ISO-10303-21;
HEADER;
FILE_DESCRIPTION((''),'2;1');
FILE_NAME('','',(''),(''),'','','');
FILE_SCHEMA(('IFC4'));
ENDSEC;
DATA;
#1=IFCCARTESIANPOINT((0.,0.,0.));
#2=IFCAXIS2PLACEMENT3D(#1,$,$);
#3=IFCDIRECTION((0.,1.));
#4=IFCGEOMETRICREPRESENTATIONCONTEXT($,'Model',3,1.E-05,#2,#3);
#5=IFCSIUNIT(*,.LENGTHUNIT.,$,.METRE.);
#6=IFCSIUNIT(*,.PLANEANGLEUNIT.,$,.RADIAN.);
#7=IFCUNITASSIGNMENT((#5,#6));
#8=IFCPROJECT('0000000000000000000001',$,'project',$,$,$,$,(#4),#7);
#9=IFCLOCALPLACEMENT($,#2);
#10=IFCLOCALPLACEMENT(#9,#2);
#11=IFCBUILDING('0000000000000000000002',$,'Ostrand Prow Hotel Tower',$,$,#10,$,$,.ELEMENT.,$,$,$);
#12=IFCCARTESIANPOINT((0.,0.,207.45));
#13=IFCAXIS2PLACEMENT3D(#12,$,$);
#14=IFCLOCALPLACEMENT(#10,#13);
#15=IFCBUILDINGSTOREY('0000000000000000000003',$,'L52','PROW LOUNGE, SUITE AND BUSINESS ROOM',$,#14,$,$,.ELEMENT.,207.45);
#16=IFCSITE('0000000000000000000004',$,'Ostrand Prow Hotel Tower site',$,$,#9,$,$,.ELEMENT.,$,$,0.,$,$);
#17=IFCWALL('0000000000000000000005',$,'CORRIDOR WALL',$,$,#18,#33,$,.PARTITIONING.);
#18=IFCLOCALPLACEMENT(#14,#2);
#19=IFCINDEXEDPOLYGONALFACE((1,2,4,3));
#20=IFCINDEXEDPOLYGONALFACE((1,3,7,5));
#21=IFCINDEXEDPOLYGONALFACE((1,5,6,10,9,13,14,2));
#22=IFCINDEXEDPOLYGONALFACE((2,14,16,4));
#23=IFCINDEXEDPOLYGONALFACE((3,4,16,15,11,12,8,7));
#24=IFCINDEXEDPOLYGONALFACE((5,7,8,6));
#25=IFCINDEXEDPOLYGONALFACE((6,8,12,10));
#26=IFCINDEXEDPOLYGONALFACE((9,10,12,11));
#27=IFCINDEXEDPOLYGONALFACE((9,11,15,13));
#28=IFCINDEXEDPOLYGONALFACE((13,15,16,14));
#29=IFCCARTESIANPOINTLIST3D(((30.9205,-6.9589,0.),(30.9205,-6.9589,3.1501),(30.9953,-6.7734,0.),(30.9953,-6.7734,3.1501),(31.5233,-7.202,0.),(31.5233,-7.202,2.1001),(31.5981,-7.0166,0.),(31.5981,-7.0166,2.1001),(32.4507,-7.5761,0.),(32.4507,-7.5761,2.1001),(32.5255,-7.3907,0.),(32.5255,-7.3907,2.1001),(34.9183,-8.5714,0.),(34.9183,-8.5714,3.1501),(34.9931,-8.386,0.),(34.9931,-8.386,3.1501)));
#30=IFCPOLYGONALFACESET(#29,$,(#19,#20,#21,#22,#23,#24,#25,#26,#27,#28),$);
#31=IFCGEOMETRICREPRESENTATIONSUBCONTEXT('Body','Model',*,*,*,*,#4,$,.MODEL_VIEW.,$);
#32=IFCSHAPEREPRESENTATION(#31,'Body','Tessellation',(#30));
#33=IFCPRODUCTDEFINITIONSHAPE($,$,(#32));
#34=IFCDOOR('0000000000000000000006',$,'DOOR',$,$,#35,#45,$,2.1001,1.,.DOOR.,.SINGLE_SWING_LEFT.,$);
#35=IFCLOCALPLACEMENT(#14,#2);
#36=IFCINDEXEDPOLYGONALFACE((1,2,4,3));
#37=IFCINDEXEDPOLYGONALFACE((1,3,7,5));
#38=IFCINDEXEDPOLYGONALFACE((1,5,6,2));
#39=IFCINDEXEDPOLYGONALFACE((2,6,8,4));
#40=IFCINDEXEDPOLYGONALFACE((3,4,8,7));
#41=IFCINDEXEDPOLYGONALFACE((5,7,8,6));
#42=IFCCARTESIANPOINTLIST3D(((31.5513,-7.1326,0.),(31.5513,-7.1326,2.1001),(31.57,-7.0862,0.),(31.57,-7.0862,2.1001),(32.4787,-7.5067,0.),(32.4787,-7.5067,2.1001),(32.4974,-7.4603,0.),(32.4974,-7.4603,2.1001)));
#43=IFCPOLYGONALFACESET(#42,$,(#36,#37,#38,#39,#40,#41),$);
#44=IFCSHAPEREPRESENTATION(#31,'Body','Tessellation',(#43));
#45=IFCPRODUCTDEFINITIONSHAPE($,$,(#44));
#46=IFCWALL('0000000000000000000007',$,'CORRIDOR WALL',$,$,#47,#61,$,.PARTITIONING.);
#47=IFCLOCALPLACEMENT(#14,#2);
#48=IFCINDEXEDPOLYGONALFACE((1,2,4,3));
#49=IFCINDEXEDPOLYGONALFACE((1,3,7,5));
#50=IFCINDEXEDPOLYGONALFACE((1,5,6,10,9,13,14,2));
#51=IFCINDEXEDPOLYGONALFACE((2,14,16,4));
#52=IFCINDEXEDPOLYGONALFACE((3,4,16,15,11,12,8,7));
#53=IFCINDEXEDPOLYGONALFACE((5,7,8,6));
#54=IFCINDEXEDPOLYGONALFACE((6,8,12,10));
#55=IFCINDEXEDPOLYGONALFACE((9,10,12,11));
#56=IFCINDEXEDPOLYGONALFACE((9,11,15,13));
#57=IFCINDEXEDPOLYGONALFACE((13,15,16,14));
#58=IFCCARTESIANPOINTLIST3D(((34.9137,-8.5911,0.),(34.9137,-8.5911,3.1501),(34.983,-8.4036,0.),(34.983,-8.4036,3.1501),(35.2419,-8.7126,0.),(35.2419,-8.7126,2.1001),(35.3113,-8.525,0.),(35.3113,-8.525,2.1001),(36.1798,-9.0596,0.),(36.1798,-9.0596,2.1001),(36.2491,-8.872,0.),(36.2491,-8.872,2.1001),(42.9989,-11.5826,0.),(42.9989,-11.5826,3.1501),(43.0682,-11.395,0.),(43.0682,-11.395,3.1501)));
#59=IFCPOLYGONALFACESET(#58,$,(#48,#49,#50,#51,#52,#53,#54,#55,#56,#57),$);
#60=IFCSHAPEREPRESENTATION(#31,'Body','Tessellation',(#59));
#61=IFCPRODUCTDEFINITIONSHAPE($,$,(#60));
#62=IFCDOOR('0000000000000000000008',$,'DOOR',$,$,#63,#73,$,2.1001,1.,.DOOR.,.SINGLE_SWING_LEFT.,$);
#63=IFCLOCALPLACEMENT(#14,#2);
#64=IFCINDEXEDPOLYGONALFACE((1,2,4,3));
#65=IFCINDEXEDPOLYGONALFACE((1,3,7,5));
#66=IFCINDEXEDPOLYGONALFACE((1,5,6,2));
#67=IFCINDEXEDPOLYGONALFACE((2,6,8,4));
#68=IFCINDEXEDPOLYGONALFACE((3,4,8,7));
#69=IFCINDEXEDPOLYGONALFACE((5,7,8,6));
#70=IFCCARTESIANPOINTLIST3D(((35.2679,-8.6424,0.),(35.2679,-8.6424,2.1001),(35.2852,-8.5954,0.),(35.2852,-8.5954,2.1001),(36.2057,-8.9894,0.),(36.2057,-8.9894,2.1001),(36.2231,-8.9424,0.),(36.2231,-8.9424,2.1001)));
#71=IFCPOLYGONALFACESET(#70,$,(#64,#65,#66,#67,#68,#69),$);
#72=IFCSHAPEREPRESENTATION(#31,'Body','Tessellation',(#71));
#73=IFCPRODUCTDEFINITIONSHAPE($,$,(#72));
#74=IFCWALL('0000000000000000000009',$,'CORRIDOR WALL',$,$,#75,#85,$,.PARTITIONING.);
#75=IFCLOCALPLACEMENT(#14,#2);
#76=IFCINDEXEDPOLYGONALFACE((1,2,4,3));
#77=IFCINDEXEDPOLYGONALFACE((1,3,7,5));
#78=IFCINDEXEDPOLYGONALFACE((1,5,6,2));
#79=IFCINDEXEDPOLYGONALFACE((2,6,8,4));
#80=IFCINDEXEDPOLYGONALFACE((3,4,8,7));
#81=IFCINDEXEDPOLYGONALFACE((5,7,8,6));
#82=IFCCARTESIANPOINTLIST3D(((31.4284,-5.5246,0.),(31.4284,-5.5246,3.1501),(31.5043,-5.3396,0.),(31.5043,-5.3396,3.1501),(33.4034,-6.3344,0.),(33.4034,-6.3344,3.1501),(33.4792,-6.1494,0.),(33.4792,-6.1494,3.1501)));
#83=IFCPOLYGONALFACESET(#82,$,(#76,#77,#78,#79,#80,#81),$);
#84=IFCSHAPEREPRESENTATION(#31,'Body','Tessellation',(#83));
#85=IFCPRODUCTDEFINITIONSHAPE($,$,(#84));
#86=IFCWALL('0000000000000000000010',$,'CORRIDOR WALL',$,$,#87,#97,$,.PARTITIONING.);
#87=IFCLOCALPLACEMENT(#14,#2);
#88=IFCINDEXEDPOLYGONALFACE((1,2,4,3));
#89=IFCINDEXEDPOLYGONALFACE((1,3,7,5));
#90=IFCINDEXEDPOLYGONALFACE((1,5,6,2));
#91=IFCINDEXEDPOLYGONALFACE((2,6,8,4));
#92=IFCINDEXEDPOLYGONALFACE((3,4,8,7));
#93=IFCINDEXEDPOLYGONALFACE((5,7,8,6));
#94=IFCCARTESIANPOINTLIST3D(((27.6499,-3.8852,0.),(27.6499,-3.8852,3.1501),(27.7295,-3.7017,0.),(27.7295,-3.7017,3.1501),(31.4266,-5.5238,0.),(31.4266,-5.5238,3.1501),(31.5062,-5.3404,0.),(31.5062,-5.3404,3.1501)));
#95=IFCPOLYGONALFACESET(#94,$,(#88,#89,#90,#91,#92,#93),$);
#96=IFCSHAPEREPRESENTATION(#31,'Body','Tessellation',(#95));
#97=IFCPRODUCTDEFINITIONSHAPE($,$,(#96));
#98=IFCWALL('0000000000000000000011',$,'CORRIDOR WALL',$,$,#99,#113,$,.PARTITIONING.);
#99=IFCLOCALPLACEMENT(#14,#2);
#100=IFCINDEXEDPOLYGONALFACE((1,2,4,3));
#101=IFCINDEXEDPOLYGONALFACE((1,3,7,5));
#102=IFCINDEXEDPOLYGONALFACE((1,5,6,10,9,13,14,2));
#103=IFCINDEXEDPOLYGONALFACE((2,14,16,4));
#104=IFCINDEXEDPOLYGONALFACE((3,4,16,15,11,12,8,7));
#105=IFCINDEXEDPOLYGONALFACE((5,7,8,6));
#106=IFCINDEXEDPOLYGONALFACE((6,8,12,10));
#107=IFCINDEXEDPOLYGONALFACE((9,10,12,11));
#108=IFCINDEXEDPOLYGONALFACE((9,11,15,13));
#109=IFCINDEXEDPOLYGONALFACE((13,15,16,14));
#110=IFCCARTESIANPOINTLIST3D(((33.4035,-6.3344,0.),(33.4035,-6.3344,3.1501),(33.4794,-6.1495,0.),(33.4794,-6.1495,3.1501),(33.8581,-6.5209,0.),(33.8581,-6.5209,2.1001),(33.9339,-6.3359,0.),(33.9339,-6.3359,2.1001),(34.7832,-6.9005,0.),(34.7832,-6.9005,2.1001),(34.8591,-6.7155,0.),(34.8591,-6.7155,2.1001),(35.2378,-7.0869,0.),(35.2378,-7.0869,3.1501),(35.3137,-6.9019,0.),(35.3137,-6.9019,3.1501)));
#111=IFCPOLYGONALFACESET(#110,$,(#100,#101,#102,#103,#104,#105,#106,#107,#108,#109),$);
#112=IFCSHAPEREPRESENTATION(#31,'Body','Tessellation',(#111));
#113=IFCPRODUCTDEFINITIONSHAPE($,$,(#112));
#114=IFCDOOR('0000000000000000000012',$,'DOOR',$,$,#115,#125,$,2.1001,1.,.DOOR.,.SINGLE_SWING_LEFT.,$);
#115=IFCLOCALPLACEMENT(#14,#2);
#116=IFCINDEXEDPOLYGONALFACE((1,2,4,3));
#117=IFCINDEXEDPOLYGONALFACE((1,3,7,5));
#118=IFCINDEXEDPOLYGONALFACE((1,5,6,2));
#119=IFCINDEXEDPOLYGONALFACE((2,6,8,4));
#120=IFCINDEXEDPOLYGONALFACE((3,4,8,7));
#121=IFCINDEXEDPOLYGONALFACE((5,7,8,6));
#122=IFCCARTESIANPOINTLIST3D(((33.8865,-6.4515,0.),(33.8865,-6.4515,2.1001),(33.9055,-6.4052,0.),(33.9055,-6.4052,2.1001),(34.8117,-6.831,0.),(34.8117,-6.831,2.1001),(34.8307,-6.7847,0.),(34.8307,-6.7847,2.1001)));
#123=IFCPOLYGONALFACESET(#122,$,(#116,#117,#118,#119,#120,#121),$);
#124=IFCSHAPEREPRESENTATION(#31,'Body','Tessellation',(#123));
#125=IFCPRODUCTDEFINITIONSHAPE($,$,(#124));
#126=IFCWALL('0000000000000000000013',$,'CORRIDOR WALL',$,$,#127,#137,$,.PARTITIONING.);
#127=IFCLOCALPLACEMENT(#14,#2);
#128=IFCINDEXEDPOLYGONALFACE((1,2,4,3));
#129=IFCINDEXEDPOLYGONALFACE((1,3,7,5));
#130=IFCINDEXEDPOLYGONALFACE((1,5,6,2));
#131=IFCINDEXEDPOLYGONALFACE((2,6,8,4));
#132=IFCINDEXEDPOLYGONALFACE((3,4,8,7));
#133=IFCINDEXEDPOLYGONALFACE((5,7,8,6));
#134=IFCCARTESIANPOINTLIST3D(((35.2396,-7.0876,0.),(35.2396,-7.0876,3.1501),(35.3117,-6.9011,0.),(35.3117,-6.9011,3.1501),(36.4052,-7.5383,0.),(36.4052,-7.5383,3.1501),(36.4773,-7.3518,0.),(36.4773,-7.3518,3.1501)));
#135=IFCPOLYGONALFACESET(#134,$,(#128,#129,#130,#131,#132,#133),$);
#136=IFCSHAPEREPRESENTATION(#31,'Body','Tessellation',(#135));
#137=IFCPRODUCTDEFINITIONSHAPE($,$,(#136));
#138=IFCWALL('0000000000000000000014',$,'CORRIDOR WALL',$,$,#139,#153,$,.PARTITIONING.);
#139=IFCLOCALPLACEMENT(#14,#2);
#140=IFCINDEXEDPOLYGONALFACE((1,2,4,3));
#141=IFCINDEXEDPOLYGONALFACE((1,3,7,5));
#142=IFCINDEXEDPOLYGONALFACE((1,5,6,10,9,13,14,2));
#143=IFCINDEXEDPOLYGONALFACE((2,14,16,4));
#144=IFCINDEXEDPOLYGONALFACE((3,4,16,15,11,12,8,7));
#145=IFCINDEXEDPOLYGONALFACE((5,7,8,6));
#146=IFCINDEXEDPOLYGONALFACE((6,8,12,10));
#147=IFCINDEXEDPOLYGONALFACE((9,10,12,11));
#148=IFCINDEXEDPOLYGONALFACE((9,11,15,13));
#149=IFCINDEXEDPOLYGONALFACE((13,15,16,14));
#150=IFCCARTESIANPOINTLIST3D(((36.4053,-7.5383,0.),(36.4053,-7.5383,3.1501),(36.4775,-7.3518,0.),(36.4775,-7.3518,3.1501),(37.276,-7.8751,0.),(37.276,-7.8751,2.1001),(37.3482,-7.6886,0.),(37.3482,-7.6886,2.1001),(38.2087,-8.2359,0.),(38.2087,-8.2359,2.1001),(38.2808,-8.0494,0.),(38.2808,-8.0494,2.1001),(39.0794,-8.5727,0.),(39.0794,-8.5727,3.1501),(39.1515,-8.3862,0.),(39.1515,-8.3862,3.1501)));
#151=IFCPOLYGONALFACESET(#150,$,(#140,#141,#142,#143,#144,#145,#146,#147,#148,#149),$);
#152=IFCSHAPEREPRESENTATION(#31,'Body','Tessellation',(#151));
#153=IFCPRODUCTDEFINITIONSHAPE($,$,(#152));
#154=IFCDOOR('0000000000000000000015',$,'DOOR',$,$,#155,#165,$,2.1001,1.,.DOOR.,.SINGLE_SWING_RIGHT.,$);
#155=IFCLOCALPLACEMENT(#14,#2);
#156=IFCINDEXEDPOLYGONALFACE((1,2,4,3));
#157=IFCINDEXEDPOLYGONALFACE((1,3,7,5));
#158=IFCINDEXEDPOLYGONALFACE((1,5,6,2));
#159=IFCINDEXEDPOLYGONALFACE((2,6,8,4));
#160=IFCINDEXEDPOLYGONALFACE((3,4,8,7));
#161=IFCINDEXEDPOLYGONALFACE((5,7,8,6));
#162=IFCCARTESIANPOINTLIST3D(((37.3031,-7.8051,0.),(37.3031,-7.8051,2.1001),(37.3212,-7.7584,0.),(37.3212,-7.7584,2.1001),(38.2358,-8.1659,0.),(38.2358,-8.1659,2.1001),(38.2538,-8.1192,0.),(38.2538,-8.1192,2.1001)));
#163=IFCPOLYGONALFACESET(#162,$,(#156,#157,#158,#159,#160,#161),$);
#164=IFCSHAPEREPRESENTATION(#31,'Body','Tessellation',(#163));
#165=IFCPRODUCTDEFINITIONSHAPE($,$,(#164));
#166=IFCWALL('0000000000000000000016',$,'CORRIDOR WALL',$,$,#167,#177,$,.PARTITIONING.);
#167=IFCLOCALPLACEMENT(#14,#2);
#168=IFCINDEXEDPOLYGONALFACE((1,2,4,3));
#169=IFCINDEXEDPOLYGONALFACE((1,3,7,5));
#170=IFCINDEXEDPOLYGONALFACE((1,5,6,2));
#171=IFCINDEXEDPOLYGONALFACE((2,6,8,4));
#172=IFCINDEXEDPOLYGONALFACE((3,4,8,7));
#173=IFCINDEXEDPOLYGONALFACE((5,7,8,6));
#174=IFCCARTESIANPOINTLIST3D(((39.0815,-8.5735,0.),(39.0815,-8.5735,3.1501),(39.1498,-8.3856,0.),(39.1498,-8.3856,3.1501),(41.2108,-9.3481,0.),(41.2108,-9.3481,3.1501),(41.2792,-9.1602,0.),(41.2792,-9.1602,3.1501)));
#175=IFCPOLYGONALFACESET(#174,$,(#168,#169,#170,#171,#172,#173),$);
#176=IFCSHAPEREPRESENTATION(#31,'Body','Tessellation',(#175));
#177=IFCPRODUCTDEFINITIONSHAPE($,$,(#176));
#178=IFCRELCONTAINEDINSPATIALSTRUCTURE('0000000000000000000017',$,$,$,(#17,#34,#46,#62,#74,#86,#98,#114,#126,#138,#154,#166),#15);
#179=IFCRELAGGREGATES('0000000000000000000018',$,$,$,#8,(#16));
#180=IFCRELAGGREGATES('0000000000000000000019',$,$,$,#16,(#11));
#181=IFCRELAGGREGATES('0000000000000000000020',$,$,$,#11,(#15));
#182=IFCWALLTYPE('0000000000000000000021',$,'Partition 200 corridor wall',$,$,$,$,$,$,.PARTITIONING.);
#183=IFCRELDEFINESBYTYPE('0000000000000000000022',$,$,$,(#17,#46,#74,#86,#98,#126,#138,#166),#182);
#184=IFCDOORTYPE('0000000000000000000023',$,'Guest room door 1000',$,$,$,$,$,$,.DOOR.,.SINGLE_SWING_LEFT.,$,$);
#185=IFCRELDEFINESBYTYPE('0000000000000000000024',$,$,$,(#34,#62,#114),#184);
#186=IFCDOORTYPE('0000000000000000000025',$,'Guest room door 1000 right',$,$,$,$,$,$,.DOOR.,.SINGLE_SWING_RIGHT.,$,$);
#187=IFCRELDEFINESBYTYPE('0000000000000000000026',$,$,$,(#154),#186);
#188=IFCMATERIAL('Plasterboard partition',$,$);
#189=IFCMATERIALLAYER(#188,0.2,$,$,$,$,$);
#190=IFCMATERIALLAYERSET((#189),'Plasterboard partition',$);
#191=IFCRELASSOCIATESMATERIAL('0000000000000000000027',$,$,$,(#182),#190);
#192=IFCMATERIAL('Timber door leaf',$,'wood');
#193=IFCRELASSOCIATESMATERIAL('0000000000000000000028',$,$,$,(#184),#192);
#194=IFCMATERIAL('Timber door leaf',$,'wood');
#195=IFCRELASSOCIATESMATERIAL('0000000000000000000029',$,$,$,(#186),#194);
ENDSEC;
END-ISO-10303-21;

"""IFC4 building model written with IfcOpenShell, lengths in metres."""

from ifc_helpers import new_model, si_unit, direction, frame, frame_2d, origin, place, context, subcontext, project, spatial, rectangle, extrude, material, layer, layer_set, type_object, element, fill, save


model = new_model("IFC4")

# Units and contexts
model_context = context("Model", 3, precision=1e-05, world=origin(), true_north=direction((0.0, 1.0)))
body_context = subcontext(model_context, "Body", "Model", "MODEL_VIEW")
ifc_project = project(units=[si_unit("LENGTHUNIT", "METRE"), si_unit("PLANEANGLEUNIT", "RADIAN")], contexts=[model_context])

# Site, building, storey
site_placement = place(None, origin())
site = spatial("IfcSite", under=ifc_project, at=site_placement, Name="Ostrand Prow Hotel Tower site", CompositionType="ELEMENT", RefElevation=0.0)
building_placement = place(site_placement, origin())
building = spatial("IfcBuilding", under=site, at=building_placement, Name="Ostrand Prow Hotel Tower", CompositionType="ELEMENT")
storey_placement = place(building_placement, frame((0.0, 0.0, 207.45)))
storey = spatial("IfcBuildingStorey", under=building, at=storey_placement, Name="L52", Description="PROW LOUNGE, SUITE AND BUSINESS ROOM", CompositionType="ELEMENT", Elevation=207.45)

# Walls, openings, doors
ifc_material_1 = material(Name="Plasterboard partition")
ifc_layer_1 = layer(ifc_material_1, 0.2)
ifc_layer_set_1 = layer_set([ifc_layer_1], Name="Plasterboard partition")
wall_type_1 = type_object("IfcWallType", Name="Partition 200 corridor wall", PredefinedType="PARTITIONING", material=ifc_layer_set_1)
wall_1_placement = place(storey_placement, frame((30.958, -6.8662, 0.0), z_axis=(0.0, 0.0, 1.0), x_axis=(0.927399, -0.374074, 0.0)))
wall_1 = element("IfcWall", 1, at=wall_1_placement, inside=storey, type_object=wall_type_1, Name="CORRIDOR WALL", PredefinedType="PARTITIONING", context=body_context, shape_type="SweptSolid", body=[
    extrude(rectangle(XDim=4.3108, YDim=0.2, at=frame_2d((2.1553, 0.0))), origin(), (0.0, 0.0, 1.0), 3.1501),
])
opening_1_placement = place(wall_1_placement, frame((0.6499, 0.0, 0.0)))
opening_1 = element("IfcOpeningElement", 2, at=opening_1_placement, cuts=wall_1, PredefinedType="OPENING", context=body_context, shape_type="SweptSolid", body=[
    extrude(rectangle(XDim=1.0, YDim=2.1001, at=frame_2d((0.5, 1.05))), frame((0.0, 0.1099, 0.0), z_axis=(0.0, -1.0, 0.0), x_axis=(1.0, 0.0, 0.0)), (0.0, 0.0, 1.0), 0.22),
])
ifc_material_2 = material(Name="Timber door leaf", Category="wood")
door_type_1 = type_object("IfcDoorType", Name="Guest room door 1000", OperationType="SINGLE_SWING_LEFT", PredefinedType="DOOR", material=ifc_material_2)
door_1_placement = place(opening_1_placement, origin())
door_1 = element("IfcDoor", 3, at=door_1_placement, inside=storey, type_object=door_type_1, Name="DOOR", OperationType="SINGLE_SWING_LEFT", OverallHeight=2.1001, OverallWidth=1.0, PredefinedType="DOOR", context=body_context, shape_type="SweptSolid", body=[
    extrude(rectangle(XDim=1.0, YDim=2.1001, at=frame_2d((0.5, 1.05))), frame((0.0, 0.0249, 0.0), z_axis=(0.0, -1.0, 0.0), x_axis=(1.0, 0.0, 0.0)), (0.0, 0.0, 1.0), 0.05),
])
fill(opening_1, door_1)
wall_2_placement = place(storey_placement, frame((34.9482, -8.4973, 0.0), z_axis=(0.0, 0.0, 1.0), x_axis=(0.937865, -0.347002, 0.0)))
wall_2 = element("IfcWall", 4, at=wall_2_placement, inside=storey, type_object=wall_type_1, Name="CORRIDOR WALL", PredefinedType="PARTITIONING", context=body_context, shape_type="SweptSolid", body=[
    extrude(rectangle(XDim=8.6208, YDim=0.2, at=frame_2d((4.3105, 0.0))), origin(), (0.0, 0.0, 1.0), 3.1501),
])
opening_2_placement = place(wall_2_placement, frame((0.3501, 0.0, 0.0)))
opening_2 = element("IfcOpeningElement", 5, at=opening_2_placement, cuts=wall_2, PredefinedType="OPENING", context=body_context, shape_type="SweptSolid", body=[
    extrude(rectangle(XDim=1.0, YDim=2.1001, at=frame_2d((0.5, 1.05))), frame((0.0, 0.1099, 0.0), z_axis=(0.0, -1.0, 0.0), x_axis=(1.0, 0.0, 0.0)), (0.0, 0.0, 1.0), 0.22),
])
door_2_placement = place(opening_2_placement, origin())
door_2 = element("IfcDoor", 6, at=door_2_placement, inside=storey, type_object=door_type_1, Name="DOOR", OperationType="SINGLE_SWING_LEFT", OverallHeight=2.1001, OverallWidth=1.0, PredefinedType="DOOR", context=body_context, shape_type="SweptSolid", body=[
    extrude(rectangle(XDim=1.0, YDim=2.1001, at=frame_2d((0.5, 1.05))), frame((0.0, 0.0249, 0.0), z_axis=(0.0, -1.0, 0.0), x_axis=(1.0, 0.0, 0.0)), (0.0, 0.0, 1.0), 0.05),
])
fill(opening_2, door_2)

# Walls
wall_3_placement = place(storey_placement, frame((33.4414, -6.2419, 0.0), z_axis=(0.0, 0.0, 1.0), x_axis=(-0.925231, 0.379403, 0.0)))
element("IfcWall", 7, at=wall_3_placement, inside=storey, type_object=wall_type_1, Name="CORRIDOR WALL", PredefinedType="PARTITIONING", context=body_context, shape_type="SweptSolid", body=[
    extrude(rectangle(XDim=2.1345, YDim=0.2, at=frame_2d((1.0674, 0.0))), origin(), (0.0, 0.0, 1.0), 3.1501),
])
wall_4_placement = place(storey_placement, frame((31.4666, -5.4321, 0.0), z_axis=(0.0, 0.0, 1.0), x_axis=(-0.917375, 0.398023, 0.0)))
element("IfcWall", 8, at=wall_4_placement, inside=storey, type_object=wall_type_1, Name="CORRIDOR WALL", PredefinedType="PARTITIONING", context=body_context, shape_type="SweptSolid", body=[
    extrude(rectangle(XDim=4.1169, YDim=0.2, at=frame_2d((2.0586, 0.0))), origin(), (0.0, 0.0, 1.0), 3.1501),
])

# Wall, opening, door
wall_5_placement = place(storey_placement, frame((35.2756, -6.9944, 0.0), z_axis=(0.0, 0.0, 1.0), x_axis=(-0.92518, 0.379529, 0.0)))
wall_5 = element("IfcWall", 9, at=wall_5_placement, inside=storey, type_object=wall_type_1, Name="CORRIDOR WALL", PredefinedType="PARTITIONING", context=body_context, shape_type="SweptSolid", body=[
    extrude(rectangle(XDim=1.9827, YDim=0.2, at=frame_2d((0.9912, 0.0))), origin(), (0.0, 0.0, 1.0), 3.1501),
])
opening_3_placement = place(wall_5_placement, frame((0.4912, 0.0, 0.0)))
opening_3 = element("IfcOpeningElement", 10, at=opening_3_placement, cuts=wall_5, PredefinedType="OPENING", context=body_context, shape_type="SweptSolid", body=[
    extrude(rectangle(XDim=1.0, YDim=2.1001, at=frame_2d((0.5, 1.05))), frame((0.0, 0.1099, 0.0), z_axis=(0.0, -1.0, 0.0), x_axis=(1.0, 0.0, 0.0)), (0.0, 0.0, 1.0), 0.22),
])
door_3_placement = place(opening_3_placement, origin())
door_3 = element("IfcDoor", 11, at=door_3_placement, inside=storey, type_object=door_type_1, Name="DOOR", OperationType="SINGLE_SWING_LEFT", OverallHeight=2.1001, OverallWidth=1.0, PredefinedType="DOOR", context=body_context, shape_type="SweptSolid", body=[
    extrude(rectangle(XDim=1.0, YDim=2.1001, at=frame_2d((0.5, 1.05))), frame((0.0, 0.0249, 0.0), z_axis=(0.0, -1.0, 0.0), x_axis=(1.0, 0.0, 0.0)), (0.0, 0.0, 1.0), 0.05),
])
fill(opening_3, door_3)

# Wall
wall_6_placement = place(storey_placement, frame((36.4414, -7.4451, 0.0), z_axis=(0.0, 0.0, 1.0), x_axis=(-0.932725, 0.360589, 0.0)))
element("IfcWall", 12, at=wall_6_placement, inside=storey, type_object=wall_type_1, Name="CORRIDOR WALL", PredefinedType="PARTITIONING", context=body_context, shape_type="SweptSolid", body=[
    extrude(rectangle(XDim=1.2498, YDim=0.2, at=frame_2d((0.625, 0.0))), origin(), (0.0, 0.0, 1.0), 3.1501),
])

# Wall, opening, door
wall_7_placement = place(storey_placement, frame((39.1155, -8.4795, 0.0), z_axis=(0.0, 0.0, 1.0), x_axis=(-0.93265, 0.360781, 0.0)))
wall_7 = element("IfcWall", 13, at=wall_7_placement, inside=storey, type_object=wall_type_1, Name="CORRIDOR WALL", PredefinedType="PARTITIONING", context=body_context, shape_type="SweptSolid", body=[
    extrude(rectangle(XDim=2.8672, YDim=0.2, at=frame_2d((1.4336, 0.0))), origin(), (0.0, 0.0, 1.0), 3.1501),
])
opening_4_placement = place(wall_7_placement, frame((0.9336, 0.0, 0.0)))
opening_4 = element("IfcOpeningElement", 14, at=opening_4_placement, cuts=wall_7, PredefinedType="OPENING", context=body_context, shape_type="SweptSolid", body=[
    extrude(rectangle(XDim=1.0, YDim=2.1001, at=frame_2d((0.5, 1.05))), frame((0.0, 0.1099, 0.0), z_axis=(0.0, -1.0, 0.0), x_axis=(1.0, 0.0, 0.0)), (0.0, 0.0, 1.0), 0.22),
])
ifc_material_3 = material(Name="Timber door leaf", Category="wood")
door_type_2 = type_object("IfcDoorType", Name="Guest room door 1000 right", OperationType="SINGLE_SWING_RIGHT", PredefinedType="DOOR", material=ifc_material_3)
door_4_placement = place(opening_4_placement, origin())
door_4 = element("IfcDoor", 15, at=door_4_placement, inside=storey, type_object=door_type_2, Name="DOOR", OperationType="SINGLE_SWING_RIGHT", OverallHeight=2.1001, OverallWidth=1.0, PredefinedType="DOOR", context=body_context, shape_type="SweptSolid", body=[
    extrude(rectangle(XDim=1.0, YDim=2.1001, at=frame_2d((0.5, 1.05))), frame((0.0, 0.0249, 0.0), z_axis=(0.0, -1.0, 0.0), x_axis=(1.0, 0.0, 0.0)), (0.0, 0.0, 1.0), 0.05),
])
fill(opening_4, door_4)

# Wall
wall_8_placement = place(storey_placement, frame((41.2449, -9.2542, 0.0), z_axis=(0.0, 0.0, 1.0), x_axis=(-0.939746, 0.341873, 0.0)))
element("IfcWall", 16, at=wall_8_placement, inside=storey, type_object=wall_type_1, Name="CORRIDOR WALL", PredefinedType="PARTITIONING", context=body_context, shape_type="SweptSolid", body=[
    extrude(rectangle(XDim=2.2659, YDim=0.2, at=frame_2d((1.1328, 0.0))), origin(), (0.0, 0.0, 1.0), 3.1501),
])

save(model, "model.ifc")
